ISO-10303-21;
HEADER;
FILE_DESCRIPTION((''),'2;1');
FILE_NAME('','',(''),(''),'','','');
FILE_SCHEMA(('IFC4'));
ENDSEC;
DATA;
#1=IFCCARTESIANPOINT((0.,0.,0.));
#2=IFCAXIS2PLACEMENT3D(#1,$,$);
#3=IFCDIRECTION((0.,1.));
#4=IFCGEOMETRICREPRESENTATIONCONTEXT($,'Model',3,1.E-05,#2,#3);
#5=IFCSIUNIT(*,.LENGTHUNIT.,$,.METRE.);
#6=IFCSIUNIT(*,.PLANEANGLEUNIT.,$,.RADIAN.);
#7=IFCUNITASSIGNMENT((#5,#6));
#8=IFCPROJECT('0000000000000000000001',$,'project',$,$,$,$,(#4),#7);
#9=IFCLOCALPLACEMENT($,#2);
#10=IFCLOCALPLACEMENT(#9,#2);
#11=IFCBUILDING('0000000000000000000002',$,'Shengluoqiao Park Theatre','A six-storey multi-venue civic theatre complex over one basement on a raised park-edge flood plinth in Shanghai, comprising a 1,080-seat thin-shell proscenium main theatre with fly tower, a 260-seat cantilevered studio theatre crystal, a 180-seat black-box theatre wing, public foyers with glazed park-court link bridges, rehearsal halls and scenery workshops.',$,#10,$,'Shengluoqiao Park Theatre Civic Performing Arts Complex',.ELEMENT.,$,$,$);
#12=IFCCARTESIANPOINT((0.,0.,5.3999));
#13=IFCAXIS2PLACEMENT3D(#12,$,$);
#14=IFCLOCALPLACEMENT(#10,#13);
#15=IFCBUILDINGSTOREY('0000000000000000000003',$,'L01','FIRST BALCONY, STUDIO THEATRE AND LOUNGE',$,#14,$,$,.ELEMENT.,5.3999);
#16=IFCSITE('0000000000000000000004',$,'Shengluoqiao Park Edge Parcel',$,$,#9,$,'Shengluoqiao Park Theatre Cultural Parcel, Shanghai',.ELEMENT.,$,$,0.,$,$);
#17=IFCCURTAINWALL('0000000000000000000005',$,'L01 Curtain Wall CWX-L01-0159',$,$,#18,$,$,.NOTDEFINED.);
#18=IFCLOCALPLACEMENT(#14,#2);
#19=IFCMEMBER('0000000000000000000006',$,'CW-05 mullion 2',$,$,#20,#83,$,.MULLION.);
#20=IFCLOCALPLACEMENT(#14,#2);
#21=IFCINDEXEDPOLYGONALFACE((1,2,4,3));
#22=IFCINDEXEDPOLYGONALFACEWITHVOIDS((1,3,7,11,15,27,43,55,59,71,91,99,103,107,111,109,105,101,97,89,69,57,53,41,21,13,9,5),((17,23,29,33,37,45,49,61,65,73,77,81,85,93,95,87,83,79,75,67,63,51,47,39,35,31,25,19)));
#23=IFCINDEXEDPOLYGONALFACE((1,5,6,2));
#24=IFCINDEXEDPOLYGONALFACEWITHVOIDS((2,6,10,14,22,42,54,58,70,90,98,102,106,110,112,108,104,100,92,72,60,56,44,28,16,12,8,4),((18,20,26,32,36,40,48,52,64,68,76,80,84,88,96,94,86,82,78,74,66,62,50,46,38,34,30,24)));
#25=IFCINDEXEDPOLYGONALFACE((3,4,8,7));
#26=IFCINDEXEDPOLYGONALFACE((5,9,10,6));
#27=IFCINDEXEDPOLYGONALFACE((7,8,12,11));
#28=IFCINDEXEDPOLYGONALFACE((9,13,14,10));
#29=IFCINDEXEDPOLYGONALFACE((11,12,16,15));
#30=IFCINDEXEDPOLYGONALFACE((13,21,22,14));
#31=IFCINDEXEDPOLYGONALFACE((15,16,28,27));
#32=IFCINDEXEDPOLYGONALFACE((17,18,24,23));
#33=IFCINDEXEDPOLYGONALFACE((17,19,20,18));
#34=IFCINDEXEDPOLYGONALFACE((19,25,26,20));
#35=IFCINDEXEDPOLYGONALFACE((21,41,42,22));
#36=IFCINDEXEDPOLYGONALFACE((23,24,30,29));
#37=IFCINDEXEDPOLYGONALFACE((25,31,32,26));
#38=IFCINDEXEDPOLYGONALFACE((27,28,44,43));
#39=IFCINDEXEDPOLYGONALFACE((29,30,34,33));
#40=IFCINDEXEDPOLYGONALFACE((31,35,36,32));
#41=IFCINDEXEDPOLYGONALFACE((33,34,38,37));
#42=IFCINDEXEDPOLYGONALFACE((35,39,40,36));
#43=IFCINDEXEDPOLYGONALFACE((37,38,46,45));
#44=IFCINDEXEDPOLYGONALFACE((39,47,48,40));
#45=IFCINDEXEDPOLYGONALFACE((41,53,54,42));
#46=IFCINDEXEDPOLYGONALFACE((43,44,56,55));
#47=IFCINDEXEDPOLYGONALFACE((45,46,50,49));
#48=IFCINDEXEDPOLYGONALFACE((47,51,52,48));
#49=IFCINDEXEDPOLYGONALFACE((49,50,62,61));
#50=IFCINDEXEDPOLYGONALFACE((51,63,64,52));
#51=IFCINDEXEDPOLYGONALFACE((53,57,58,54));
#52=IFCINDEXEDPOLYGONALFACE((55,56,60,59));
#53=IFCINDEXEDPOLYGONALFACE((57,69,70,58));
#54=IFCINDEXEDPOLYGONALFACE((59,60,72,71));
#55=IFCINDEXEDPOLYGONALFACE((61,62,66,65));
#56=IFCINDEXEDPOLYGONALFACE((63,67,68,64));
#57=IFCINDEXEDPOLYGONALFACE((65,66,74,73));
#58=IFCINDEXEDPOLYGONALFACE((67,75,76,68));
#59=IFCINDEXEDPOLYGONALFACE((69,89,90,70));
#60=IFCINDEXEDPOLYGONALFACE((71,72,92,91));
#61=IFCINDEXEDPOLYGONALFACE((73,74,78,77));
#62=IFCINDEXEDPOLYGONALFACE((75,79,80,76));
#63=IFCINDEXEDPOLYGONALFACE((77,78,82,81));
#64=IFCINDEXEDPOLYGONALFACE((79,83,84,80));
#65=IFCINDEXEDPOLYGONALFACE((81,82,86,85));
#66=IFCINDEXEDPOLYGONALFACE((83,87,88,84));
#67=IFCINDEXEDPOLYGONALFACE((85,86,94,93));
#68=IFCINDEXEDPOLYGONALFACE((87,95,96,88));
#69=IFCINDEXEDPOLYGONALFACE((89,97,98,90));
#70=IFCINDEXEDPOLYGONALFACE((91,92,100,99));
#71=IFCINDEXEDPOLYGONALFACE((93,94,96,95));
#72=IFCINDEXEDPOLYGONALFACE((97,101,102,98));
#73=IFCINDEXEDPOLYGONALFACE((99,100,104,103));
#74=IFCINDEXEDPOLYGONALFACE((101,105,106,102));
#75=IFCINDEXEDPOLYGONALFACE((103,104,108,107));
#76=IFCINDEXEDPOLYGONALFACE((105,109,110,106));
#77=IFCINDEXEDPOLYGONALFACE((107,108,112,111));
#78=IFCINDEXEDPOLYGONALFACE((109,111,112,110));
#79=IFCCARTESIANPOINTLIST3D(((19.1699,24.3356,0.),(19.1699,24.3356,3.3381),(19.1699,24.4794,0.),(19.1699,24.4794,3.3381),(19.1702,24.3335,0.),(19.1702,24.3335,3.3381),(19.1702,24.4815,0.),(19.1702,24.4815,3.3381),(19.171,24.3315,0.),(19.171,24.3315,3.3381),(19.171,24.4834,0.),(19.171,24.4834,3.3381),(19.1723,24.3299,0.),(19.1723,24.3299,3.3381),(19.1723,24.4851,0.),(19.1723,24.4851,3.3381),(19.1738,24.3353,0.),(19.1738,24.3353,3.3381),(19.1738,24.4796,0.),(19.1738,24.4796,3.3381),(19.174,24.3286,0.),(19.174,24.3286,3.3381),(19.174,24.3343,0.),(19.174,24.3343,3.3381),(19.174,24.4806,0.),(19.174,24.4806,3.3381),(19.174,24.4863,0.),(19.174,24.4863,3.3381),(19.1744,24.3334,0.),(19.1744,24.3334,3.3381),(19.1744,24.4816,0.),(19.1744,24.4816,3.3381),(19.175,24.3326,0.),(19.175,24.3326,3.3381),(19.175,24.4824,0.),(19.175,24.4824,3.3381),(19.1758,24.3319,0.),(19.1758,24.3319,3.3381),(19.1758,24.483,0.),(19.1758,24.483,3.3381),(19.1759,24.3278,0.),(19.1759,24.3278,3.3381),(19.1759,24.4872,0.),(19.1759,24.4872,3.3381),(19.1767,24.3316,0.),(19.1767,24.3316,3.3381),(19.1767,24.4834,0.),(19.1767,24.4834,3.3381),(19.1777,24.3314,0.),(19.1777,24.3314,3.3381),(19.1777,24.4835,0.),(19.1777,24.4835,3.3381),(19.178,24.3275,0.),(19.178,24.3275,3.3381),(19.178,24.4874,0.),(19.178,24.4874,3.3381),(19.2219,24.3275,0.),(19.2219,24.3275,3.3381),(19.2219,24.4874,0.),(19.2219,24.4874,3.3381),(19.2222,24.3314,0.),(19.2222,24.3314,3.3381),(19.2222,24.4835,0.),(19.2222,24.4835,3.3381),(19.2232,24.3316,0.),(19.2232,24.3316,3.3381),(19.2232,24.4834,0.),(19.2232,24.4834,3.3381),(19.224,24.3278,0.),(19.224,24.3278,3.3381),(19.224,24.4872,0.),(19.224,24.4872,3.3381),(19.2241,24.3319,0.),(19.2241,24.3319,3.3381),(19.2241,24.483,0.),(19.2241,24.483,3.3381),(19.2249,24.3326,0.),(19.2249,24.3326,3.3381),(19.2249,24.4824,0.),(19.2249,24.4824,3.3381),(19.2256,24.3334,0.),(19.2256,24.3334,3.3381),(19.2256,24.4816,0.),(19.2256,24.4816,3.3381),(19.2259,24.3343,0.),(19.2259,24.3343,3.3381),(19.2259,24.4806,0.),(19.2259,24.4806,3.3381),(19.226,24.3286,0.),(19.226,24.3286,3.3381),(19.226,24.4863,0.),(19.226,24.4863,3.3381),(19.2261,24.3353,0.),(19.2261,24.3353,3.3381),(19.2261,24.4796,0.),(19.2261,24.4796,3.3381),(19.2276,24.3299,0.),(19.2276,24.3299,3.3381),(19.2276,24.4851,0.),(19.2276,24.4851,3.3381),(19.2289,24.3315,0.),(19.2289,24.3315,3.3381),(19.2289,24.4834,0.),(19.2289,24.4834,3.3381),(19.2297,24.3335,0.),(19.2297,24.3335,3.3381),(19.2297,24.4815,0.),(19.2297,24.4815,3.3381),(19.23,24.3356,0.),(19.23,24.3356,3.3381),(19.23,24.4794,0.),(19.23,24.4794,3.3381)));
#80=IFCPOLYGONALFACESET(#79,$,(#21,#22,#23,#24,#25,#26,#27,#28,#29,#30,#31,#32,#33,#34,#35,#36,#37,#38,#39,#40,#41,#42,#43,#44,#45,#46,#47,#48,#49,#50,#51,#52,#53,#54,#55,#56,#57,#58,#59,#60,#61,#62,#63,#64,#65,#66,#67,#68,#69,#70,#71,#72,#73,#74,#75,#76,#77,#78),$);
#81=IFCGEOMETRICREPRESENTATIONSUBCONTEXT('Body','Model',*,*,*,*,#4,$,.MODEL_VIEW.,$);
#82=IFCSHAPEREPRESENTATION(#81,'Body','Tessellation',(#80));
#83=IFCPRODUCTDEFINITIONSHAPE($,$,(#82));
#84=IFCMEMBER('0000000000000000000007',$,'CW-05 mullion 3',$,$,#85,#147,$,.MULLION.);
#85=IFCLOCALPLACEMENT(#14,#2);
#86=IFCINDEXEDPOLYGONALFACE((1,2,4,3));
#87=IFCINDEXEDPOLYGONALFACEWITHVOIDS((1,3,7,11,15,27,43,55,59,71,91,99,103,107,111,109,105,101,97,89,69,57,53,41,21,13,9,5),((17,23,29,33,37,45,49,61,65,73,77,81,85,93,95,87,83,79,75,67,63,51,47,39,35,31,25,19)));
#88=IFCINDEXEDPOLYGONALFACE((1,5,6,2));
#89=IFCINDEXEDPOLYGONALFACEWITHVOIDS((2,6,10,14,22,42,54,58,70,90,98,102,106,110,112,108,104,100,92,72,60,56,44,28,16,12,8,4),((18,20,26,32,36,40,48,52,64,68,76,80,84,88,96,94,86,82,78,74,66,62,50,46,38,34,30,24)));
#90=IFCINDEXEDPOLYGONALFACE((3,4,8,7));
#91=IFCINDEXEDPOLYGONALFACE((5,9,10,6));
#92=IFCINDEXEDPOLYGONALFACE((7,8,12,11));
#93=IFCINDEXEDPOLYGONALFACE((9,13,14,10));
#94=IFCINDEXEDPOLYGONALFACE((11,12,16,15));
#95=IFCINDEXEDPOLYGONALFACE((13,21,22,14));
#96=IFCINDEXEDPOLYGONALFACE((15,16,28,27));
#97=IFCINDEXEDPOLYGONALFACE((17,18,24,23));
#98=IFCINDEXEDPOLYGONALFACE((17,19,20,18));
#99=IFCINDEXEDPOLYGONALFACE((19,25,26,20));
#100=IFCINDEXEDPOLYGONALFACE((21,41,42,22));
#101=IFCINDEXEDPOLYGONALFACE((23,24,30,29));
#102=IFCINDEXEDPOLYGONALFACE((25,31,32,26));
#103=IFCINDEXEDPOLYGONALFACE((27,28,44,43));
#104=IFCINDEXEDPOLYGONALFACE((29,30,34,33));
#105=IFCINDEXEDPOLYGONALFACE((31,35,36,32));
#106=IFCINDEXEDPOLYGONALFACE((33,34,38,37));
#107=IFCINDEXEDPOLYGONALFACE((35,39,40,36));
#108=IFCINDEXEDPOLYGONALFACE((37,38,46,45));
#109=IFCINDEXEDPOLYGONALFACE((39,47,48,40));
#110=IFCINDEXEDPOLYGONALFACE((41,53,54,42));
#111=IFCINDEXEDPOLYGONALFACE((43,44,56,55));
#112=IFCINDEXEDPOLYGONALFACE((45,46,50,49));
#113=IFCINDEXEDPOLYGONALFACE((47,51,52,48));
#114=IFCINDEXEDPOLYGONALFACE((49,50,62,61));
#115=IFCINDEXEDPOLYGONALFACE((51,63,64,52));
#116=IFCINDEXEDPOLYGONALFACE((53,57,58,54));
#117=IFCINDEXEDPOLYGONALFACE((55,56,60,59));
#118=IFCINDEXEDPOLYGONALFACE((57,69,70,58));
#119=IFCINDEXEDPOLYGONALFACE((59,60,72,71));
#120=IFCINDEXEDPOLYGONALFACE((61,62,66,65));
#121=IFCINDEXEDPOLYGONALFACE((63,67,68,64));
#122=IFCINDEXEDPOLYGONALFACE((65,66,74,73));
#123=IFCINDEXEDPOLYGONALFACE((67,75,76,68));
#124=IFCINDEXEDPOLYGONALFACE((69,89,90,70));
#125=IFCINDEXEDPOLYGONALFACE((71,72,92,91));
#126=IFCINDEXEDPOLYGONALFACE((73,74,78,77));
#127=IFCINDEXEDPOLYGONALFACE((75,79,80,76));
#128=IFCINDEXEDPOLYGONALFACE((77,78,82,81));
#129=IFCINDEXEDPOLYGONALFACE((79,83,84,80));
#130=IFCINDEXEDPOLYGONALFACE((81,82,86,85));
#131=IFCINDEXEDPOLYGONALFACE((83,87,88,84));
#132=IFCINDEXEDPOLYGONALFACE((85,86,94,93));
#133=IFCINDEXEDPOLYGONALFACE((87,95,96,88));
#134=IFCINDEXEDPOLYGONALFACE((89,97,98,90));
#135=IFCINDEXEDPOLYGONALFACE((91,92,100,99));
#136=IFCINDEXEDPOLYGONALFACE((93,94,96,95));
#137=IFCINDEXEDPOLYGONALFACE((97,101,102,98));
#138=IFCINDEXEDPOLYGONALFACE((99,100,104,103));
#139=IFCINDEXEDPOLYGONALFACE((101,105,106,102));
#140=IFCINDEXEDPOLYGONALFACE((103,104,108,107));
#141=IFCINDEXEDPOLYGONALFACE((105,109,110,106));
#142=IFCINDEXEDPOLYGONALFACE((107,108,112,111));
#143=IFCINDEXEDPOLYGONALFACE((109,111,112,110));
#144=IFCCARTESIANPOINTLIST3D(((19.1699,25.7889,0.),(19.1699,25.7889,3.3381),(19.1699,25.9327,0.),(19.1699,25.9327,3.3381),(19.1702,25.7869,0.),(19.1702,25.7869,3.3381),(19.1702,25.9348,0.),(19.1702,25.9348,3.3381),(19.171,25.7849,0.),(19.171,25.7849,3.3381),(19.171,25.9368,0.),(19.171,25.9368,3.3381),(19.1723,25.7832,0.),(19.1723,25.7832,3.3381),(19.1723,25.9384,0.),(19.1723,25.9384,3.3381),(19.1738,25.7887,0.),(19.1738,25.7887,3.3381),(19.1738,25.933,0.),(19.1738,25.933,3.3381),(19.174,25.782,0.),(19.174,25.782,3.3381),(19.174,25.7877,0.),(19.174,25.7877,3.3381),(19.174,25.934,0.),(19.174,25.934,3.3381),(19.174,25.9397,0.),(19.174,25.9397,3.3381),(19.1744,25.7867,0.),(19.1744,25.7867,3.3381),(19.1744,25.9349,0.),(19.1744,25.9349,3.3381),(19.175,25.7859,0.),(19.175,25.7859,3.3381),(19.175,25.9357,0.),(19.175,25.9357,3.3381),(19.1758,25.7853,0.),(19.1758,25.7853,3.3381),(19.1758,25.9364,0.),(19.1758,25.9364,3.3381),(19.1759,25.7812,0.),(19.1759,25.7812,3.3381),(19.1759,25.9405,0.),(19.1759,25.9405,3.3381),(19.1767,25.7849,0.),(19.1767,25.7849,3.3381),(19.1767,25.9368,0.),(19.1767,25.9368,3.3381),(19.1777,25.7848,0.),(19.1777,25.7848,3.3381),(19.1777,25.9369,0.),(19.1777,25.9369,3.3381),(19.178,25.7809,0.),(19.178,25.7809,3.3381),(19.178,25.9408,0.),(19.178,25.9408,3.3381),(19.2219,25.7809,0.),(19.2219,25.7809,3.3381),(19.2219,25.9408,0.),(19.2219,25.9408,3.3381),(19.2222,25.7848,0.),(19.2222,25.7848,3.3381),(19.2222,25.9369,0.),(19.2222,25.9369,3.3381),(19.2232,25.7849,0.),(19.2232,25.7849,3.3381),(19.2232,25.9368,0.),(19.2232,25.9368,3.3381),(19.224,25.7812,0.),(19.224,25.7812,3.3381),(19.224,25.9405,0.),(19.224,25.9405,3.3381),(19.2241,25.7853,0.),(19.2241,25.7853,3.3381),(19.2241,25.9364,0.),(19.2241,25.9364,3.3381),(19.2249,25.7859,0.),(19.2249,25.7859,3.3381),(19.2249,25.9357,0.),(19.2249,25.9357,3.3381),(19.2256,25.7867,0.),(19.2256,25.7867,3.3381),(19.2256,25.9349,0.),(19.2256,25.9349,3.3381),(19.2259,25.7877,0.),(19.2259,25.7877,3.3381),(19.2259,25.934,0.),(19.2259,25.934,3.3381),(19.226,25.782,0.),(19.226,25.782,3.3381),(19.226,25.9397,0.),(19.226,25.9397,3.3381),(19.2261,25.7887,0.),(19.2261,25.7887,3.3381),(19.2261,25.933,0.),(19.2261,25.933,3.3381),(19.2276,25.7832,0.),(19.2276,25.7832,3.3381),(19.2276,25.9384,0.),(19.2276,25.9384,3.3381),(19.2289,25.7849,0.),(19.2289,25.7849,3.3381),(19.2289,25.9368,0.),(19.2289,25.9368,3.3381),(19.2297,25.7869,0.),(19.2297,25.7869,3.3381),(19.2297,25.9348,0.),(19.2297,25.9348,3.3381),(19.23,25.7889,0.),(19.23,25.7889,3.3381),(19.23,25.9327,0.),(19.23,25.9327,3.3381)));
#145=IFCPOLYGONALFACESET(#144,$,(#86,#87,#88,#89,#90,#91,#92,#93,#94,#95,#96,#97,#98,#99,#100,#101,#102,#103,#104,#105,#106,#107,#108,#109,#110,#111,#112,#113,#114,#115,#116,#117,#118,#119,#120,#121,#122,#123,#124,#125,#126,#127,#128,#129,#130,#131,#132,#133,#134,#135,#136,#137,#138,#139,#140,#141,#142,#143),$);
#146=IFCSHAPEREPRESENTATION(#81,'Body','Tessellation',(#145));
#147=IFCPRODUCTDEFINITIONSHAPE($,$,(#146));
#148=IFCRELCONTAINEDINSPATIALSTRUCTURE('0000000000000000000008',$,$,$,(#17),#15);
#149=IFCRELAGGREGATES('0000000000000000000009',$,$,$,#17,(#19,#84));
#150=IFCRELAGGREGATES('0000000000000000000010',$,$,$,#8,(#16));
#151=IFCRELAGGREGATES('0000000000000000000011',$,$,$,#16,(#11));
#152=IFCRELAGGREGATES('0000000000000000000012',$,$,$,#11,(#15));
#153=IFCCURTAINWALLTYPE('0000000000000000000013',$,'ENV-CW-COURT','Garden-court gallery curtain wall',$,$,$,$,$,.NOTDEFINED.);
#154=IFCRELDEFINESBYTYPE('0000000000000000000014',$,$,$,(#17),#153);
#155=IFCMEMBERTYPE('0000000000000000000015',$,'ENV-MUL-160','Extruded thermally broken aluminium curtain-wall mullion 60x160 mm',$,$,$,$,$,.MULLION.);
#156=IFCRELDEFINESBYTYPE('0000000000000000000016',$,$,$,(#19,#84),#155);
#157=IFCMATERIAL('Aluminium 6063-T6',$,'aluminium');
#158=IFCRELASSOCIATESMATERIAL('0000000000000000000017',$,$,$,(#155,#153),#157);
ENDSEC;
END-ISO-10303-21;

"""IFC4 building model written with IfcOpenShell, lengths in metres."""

from ifc_helpers import new_model, si_unit, direction, frame, origin, origin_2d, place, context, subcontext, project, spatial, hollow_rectangle, extrude, material, material_profile, profile_set, type_object, element, aggregate, save


model = new_model("IFC4")

# Units and contexts
model_context = context("Model", 3, precision=1e-05, world=origin(), true_north=direction((0.0, 1.0)))
body_context = subcontext(model_context, "Body", "Model", "MODEL_VIEW")
ifc_project = project(units=[si_unit("LENGTHUNIT", "METRE"), si_unit("PLANEANGLEUNIT", "RADIAN")], contexts=[model_context])

# Site, building, storey
site_placement = place(None, origin())
site = spatial("IfcSite", under=ifc_project, at=site_placement, Name="Shengluoqiao Park Edge Parcel", LongName="Shengluoqiao Park Theatre Cultural Parcel, Shanghai", CompositionType="ELEMENT", RefElevation=0.0)
building_placement = place(site_placement, origin())
building = spatial("IfcBuilding", under=site, at=building_placement, Name="Shengluoqiao Park Theatre", Description="A six-storey multi-venue civic theatre complex over one basement on a raised park-edge flood plinth in Shanghai, comprising a 1,080-seat thin-shell proscenium main theatre with fly tower, a 260-seat cantilevered studio theatre crystal, a 180-seat black-box theatre wing, public foyers with glazed park-court link bridges, rehearsal halls and scenery workshops.", LongName="Shengluoqiao Park Theatre Civic Performing Arts Complex", CompositionType="ELEMENT")
storey_placement = place(building_placement, frame((0.0, 0.0, 5.3999)))
storey = spatial("IfcBuildingStorey", under=building, at=storey_placement, Name="L01", Description="FIRST BALCONY, STUDIO THEATRE AND LOUNGE", CompositionType="ELEMENT", Elevation=5.3999)

# Shared definitions
ifc_material_1 = material(Name="Aluminium 6063-T6", Category="aluminium")
ifc_material_profile_1 = material_profile(ifc_material_1, hollow_rectangle(XDim=0.0601, YDim=0.1599, WallThickness=0.0039, InnerFilletRadius=0.0039, OuterFilletRadius=0.0081, at=origin_2d()), Name="ALU MULLION 160x60x4")
ifc_profile_set_1 = profile_set([ifc_material_profile_1], Name="Aluminium 6063-T6")
member_type_1 = type_object("IfcMemberType", Name="ENV-MUL-160", Description="Extruded thermally broken aluminium curtain-wall mullion 60x160 mm", PredefinedType="MULLION", material=ifc_profile_set_1)

# Curtain wall, members
curtain_wall_type_1 = type_object("IfcCurtainWallType", Name="ENV-CW-COURT", Description="Garden-court gallery curtain wall", PredefinedType="NOTDEFINED", material=ifc_material_1)
curtain_wall_1_placement = place(storey_placement, origin())
curtain_wall_1 = element("IfcCurtainWall", 1, at=curtain_wall_1_placement, inside=storey, type_object=curtain_wall_type_1, Name="L01 Curtain Wall CWX-L01-0159", PredefinedType="NOTDEFINED")
member_1_placement = place(storey_placement, frame((19.2, 24.4075, 0.0), z_axis=(0.0, 0.0, 1.0), x_axis=(-1.0, 0.0, 0.0)))
member_1 = element("IfcMember", 2, at=member_1_placement, type_object=member_type_1, Name="CW-05 mullion 2", PredefinedType="MULLION", context=body_context, shape_type="SweptSolid", body=[
    extrude(hollow_rectangle(XDim=0.0601, YDim=0.1599, WallThickness=0.0039, InnerFilletRadius=0.0039, OuterFilletRadius=0.0081, at=origin_2d()), origin(), (0.0, 0.0, 1.0), 3.3381),
])
member_2_placement = place(storey_placement, frame((19.2, 25.8608, 0.0), z_axis=(0.0, 0.0, 1.0), x_axis=(-1.0, 0.0, 0.0)))
member_2 = element("IfcMember", 3, at=member_2_placement, type_object=member_type_1, Name="CW-05 mullion 3", PredefinedType="MULLION", context=body_context, shape_type="SweptSolid", body=[
    extrude(hollow_rectangle(XDim=0.0601, YDim=0.1599, WallThickness=0.0039, InnerFilletRadius=0.0039, OuterFilletRadius=0.0081, at=origin_2d()), origin(), (0.0, 0.0, 1.0), 3.3381),
])

aggregate(curtain_wall_1, [member_1, member_2])

save(model, "model.ifc")
